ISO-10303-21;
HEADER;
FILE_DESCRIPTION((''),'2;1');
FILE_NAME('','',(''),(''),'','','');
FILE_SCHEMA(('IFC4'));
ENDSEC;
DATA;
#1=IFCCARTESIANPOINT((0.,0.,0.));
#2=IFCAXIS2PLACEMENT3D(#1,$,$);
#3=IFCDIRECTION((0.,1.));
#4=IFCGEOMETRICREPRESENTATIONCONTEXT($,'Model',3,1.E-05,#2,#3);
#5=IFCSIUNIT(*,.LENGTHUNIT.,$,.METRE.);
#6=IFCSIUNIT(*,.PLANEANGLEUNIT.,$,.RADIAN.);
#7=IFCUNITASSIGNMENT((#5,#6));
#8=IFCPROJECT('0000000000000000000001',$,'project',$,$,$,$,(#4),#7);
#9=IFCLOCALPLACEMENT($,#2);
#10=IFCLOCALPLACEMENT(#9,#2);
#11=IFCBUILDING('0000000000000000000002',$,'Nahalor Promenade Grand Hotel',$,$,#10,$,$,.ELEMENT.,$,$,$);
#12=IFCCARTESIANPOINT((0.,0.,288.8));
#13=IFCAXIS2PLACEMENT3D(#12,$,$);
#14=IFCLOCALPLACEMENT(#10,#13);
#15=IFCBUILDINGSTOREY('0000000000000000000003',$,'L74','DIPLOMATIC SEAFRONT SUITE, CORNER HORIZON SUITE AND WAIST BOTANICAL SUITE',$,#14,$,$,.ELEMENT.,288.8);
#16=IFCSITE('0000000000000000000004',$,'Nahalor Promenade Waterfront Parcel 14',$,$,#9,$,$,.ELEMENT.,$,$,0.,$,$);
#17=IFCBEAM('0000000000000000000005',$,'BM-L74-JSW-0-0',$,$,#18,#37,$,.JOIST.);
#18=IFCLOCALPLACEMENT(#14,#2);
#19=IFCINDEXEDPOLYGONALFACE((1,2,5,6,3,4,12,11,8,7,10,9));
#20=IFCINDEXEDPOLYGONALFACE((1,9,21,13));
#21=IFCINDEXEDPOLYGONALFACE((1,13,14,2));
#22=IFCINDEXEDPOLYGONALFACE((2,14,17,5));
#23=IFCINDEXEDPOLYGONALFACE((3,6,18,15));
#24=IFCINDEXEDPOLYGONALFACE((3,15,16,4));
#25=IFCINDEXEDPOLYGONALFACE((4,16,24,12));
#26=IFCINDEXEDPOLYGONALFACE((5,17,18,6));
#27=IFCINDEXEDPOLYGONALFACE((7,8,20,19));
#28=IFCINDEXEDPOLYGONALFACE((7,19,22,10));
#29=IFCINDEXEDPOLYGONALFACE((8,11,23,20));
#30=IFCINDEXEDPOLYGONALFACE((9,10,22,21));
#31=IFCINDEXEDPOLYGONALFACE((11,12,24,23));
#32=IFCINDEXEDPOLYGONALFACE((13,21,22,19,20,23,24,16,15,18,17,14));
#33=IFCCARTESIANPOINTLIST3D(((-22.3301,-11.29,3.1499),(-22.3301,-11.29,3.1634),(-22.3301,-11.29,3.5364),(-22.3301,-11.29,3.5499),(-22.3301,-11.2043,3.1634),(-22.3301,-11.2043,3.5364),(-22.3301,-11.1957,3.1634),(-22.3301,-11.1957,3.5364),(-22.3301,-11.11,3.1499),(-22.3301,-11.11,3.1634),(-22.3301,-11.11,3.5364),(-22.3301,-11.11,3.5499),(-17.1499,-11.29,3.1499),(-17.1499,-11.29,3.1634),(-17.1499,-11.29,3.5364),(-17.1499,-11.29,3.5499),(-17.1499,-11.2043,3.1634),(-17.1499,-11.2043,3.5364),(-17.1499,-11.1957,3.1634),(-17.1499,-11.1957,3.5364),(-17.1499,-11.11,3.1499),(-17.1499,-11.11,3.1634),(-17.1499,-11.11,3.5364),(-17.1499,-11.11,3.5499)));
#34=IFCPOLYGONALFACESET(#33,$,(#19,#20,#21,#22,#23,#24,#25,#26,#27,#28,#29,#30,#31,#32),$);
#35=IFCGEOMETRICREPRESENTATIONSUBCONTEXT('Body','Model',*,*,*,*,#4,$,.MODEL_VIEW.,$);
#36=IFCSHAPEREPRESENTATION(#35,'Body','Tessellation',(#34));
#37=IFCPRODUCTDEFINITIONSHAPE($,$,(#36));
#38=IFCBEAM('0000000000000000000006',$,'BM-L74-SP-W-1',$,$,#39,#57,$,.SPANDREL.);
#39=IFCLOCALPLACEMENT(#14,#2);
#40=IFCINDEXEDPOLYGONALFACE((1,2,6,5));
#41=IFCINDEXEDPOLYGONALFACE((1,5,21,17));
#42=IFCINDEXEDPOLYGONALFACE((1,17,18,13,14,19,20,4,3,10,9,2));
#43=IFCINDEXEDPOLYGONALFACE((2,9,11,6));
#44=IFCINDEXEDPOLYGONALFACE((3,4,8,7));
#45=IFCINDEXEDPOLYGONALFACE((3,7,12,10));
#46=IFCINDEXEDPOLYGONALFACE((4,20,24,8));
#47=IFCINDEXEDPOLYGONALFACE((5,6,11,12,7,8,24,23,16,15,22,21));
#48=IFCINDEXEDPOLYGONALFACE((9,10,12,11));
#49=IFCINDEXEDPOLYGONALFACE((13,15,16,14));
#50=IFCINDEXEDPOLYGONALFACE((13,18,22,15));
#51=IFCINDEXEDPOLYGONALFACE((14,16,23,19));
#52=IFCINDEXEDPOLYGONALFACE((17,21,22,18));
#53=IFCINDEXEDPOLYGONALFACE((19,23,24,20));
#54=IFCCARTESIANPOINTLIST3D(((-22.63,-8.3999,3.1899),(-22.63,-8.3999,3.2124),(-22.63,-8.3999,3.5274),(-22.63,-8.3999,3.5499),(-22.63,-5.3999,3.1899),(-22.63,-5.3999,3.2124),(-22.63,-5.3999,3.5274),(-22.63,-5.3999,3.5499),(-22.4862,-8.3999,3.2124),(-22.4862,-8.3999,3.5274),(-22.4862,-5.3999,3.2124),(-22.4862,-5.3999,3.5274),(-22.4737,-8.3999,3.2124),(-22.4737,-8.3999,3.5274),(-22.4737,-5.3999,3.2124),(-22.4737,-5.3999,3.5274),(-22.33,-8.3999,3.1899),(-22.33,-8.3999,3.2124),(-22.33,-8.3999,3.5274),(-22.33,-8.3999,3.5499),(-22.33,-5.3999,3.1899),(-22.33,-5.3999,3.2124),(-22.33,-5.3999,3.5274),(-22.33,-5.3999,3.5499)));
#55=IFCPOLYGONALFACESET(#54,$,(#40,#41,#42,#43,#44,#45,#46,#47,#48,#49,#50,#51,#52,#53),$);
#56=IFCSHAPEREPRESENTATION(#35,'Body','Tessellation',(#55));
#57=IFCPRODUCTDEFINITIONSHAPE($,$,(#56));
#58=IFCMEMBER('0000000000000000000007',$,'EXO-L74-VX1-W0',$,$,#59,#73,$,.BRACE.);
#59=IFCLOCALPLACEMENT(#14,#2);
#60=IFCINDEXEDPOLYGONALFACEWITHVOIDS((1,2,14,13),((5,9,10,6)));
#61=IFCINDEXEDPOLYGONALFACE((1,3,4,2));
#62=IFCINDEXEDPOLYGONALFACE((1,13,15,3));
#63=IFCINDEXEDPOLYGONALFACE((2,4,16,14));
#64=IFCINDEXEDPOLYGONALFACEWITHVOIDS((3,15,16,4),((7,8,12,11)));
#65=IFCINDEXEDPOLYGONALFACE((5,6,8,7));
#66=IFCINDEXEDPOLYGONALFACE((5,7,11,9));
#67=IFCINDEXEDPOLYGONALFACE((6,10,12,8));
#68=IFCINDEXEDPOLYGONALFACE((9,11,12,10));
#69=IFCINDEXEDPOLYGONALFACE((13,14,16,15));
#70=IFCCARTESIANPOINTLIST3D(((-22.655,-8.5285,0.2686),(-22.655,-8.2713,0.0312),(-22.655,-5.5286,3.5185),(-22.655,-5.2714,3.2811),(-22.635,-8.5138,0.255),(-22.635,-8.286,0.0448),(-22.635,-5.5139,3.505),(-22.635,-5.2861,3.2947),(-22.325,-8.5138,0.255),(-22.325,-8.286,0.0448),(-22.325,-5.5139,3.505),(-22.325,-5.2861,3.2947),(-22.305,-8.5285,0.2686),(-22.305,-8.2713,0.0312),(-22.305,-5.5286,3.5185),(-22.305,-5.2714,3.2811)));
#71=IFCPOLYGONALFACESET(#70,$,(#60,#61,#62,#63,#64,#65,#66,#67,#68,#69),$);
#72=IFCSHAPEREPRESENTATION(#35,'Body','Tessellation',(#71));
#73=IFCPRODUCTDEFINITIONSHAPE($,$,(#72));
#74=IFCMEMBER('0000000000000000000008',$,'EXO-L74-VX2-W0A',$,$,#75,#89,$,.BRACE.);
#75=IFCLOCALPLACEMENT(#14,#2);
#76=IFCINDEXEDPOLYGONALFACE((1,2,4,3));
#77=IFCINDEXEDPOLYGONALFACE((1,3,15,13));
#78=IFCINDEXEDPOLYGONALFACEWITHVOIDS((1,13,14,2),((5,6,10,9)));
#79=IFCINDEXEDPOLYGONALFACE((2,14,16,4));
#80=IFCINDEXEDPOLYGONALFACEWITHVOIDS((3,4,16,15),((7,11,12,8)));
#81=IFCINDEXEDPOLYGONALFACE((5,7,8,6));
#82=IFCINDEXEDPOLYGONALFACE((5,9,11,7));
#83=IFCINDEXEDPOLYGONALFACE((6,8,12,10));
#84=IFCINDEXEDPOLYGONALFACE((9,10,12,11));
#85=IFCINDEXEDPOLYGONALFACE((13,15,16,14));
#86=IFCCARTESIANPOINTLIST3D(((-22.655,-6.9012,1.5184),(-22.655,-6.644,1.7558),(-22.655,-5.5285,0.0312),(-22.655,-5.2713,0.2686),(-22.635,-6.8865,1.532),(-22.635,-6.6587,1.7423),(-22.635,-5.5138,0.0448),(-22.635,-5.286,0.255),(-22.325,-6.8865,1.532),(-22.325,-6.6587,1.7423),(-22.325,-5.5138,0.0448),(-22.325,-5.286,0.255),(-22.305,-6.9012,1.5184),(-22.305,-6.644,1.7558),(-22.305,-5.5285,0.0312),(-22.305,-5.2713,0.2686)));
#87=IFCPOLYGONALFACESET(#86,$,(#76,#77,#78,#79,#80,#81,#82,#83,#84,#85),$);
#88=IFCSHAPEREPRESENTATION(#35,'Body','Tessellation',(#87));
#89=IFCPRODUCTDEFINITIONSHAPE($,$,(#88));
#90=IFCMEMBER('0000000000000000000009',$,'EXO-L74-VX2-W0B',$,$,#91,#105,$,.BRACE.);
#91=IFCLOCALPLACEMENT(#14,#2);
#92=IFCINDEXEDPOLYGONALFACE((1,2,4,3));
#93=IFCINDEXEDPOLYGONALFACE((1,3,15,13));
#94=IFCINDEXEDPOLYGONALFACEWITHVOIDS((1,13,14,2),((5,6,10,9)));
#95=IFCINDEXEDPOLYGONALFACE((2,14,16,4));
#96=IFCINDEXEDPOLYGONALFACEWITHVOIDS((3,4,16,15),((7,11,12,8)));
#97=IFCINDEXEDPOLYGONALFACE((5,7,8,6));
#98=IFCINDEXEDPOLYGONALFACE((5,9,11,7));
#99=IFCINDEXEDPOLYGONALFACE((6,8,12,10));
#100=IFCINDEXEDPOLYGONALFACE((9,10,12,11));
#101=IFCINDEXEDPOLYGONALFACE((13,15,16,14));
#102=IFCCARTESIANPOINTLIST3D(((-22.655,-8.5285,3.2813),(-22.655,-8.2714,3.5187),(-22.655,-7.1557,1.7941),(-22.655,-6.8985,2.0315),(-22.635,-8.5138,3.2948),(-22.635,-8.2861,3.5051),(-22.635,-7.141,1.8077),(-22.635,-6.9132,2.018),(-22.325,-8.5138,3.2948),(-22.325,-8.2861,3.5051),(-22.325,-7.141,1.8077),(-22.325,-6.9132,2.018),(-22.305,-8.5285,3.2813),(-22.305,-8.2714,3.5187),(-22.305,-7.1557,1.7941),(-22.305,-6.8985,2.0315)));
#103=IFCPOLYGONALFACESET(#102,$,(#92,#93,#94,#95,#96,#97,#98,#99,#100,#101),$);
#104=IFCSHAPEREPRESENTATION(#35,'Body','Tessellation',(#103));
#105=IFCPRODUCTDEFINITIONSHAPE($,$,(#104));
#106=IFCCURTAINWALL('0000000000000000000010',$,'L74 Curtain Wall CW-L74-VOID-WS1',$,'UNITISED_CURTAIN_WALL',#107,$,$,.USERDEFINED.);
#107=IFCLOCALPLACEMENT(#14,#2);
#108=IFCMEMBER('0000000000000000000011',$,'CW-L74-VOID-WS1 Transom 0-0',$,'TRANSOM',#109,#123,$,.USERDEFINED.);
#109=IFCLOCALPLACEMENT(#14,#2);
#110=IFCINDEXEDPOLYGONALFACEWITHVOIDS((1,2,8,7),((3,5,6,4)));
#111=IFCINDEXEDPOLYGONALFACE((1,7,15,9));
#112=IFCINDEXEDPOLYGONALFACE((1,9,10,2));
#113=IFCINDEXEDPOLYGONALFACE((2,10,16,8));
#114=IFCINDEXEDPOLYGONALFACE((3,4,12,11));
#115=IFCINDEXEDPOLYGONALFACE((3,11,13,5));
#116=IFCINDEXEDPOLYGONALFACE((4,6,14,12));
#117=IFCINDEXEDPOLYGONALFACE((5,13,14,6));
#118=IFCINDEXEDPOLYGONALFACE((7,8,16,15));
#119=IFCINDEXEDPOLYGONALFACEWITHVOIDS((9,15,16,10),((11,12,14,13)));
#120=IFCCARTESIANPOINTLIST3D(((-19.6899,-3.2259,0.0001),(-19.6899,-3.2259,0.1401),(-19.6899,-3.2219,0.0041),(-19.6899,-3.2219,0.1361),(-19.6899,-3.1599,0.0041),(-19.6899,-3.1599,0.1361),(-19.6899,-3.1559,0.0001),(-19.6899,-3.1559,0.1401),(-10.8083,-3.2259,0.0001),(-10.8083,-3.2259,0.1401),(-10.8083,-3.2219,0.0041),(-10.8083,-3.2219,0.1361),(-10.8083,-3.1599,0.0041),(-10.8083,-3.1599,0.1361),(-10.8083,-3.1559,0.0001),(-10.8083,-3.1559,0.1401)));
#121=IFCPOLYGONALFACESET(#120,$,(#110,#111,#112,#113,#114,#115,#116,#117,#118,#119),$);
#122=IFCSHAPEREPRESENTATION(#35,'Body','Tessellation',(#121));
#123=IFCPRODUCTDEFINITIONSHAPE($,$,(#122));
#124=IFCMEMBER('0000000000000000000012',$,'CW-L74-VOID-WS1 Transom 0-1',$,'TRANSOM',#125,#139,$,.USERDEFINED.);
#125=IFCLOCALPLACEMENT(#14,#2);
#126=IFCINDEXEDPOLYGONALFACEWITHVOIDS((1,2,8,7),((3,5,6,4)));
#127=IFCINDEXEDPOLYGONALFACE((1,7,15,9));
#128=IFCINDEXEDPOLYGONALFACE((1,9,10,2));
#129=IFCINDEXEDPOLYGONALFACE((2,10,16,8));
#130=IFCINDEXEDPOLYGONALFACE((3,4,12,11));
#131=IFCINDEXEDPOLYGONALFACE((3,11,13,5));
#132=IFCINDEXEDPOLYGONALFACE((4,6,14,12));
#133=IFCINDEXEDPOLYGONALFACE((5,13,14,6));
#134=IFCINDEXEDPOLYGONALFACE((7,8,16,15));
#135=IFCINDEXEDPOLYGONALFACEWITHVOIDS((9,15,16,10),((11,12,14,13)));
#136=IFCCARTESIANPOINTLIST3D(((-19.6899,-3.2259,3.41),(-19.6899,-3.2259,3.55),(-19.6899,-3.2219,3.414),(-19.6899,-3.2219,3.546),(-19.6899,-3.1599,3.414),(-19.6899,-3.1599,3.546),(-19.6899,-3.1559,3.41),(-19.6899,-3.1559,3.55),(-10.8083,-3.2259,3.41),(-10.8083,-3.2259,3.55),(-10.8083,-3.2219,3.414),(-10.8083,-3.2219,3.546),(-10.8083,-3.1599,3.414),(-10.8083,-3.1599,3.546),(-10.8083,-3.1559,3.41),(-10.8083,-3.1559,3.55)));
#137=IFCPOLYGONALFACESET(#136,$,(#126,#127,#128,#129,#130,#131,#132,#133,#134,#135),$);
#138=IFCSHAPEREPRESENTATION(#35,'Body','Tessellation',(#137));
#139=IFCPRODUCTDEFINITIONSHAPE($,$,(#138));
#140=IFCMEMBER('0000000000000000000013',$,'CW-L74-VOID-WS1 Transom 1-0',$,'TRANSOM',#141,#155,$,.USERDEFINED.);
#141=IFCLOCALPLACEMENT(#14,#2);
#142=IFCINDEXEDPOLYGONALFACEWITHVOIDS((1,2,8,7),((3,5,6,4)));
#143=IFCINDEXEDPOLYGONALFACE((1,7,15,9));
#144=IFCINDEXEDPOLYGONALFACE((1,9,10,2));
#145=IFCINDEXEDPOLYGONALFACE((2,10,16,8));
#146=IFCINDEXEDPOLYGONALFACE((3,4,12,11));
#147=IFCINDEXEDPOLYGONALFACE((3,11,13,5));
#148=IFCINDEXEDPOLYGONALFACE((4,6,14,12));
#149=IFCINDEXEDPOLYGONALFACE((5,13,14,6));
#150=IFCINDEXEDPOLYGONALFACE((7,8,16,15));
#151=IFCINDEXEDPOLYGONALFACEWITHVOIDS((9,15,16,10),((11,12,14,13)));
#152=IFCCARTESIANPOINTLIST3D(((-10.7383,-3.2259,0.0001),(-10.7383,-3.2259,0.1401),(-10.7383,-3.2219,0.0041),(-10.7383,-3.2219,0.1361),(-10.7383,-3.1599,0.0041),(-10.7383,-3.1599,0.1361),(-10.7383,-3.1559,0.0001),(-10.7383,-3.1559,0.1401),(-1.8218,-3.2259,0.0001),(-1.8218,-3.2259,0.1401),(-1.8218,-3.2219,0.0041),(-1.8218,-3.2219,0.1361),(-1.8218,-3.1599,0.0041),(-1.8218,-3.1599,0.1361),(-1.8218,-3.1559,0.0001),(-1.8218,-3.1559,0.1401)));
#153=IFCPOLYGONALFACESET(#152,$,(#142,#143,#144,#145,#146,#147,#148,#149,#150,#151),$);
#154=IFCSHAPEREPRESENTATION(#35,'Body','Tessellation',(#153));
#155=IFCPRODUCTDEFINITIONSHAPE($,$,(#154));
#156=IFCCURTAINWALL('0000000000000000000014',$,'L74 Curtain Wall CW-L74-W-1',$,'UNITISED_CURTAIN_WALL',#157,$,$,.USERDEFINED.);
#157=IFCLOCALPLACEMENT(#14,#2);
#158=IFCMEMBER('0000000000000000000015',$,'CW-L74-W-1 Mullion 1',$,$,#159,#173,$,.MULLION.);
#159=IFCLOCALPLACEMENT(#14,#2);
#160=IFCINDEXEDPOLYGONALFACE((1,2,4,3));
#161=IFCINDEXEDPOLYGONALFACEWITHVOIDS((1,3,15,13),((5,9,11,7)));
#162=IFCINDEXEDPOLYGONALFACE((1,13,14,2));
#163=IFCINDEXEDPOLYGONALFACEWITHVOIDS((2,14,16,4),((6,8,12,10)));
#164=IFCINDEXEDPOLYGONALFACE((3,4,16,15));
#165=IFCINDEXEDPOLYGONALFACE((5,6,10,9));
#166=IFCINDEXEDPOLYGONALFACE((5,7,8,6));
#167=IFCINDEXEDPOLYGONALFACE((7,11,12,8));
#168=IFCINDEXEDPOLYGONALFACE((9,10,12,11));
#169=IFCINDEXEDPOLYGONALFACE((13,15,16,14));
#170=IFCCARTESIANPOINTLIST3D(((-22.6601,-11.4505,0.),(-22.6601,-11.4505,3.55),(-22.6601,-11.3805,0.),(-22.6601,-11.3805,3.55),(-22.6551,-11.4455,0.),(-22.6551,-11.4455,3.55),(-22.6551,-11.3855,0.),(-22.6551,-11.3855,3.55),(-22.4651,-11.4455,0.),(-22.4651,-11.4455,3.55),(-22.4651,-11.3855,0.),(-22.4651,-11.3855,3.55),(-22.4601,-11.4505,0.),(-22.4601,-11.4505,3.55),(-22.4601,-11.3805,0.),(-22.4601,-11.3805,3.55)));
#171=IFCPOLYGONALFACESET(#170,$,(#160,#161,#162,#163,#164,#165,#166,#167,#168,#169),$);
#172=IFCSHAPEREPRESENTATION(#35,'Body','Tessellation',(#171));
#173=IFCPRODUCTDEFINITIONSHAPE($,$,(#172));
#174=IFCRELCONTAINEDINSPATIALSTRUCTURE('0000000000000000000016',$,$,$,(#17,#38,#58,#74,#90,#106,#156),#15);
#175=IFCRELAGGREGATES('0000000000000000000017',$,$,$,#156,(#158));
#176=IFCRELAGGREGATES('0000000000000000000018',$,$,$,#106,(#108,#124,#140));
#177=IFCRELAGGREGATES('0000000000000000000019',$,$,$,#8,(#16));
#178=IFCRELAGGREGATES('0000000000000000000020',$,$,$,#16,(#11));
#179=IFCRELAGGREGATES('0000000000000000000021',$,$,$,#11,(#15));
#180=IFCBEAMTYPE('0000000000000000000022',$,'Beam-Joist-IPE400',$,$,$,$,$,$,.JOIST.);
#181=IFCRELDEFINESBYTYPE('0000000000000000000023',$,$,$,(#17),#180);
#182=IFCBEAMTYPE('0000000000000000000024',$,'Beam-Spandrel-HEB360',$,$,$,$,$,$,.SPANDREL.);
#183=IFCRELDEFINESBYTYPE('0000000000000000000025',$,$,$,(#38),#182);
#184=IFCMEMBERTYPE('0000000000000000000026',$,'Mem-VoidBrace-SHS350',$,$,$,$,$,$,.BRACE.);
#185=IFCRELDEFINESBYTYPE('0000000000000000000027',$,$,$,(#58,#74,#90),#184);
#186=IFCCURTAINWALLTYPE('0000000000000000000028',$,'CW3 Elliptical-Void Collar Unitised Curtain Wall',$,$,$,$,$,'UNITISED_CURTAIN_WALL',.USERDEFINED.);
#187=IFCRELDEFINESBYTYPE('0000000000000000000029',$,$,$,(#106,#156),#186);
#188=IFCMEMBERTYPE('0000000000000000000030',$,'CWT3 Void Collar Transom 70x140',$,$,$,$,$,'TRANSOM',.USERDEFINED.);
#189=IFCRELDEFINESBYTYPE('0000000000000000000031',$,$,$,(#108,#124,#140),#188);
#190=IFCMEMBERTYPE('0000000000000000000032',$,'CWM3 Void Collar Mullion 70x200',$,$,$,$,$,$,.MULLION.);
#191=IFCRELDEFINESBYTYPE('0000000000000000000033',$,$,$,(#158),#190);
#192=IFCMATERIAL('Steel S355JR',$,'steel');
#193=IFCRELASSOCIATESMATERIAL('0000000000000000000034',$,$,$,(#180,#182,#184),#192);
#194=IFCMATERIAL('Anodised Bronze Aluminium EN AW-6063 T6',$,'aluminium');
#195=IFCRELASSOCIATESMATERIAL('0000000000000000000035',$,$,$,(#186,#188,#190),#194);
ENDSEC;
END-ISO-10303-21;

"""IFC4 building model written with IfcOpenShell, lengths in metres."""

from ifc_helpers import new_model, si_unit, direction, frame, origin, origin_2d, place, context, subcontext, project, spatial, hollow_rectangle, i_section, extrude, source, transform, mapped, material, material_profile, profile_set, type_object, element, aggregate, save


model = new_model("IFC4")

# Units and contexts
model_context = context("Model", 3, precision=1e-05, world=origin(), true_north=direction((0.0, 1.0)))
body_context = subcontext(model_context, "Body", "Model", "MODEL_VIEW")
ifc_project = project(units=[si_unit("LENGTHUNIT", "METRE"), si_unit("PLANEANGLEUNIT", "RADIAN")], contexts=[model_context])

# Site, building, storey
site_placement = place(None, origin())
site = spatial("IfcSite", under=ifc_project, at=site_placement, Name="Nahalor Promenade Waterfront Parcel 14", CompositionType="ELEMENT", RefElevation=0.0)
building_placement = place(site_placement, origin())
building = spatial("IfcBuilding", under=site, at=building_placement, Name="Nahalor Promenade Grand Hotel", CompositionType="ELEMENT")
storey_placement = place(building_placement, frame((0.0, 0.0, 288.8)))
storey = spatial("IfcBuildingStorey", under=building, at=storey_placement, Name="L74", Description="DIPLOMATIC SEAFRONT SUITE, CORNER HORIZON SUITE AND WAIST BOTANICAL SUITE", CompositionType="ELEMENT", Elevation=288.8)

# Shared definitions
ifc_material_1 = material(Name="Steel S355JR", Category="steel")

# Beams
ifc_material_profile_1 = material_profile(ifc_material_1, i_section(OverallWidth=0.18, OverallDepth=0.4, WebThickness=0.0086, FlangeThickness=0.0135, at=origin_2d()), Name="IPE 400")
ifc_profile_set_1 = profile_set([ifc_material_profile_1], Name="Steel S355JR")
beam_type_1 = type_object("IfcBeamType", Name="Beam-Joist-IPE400", PredefinedType="JOIST", material=ifc_profile_set_1)
shared_shape_1 = source(origin(), body_context, "Body", "SweptSolid", [
    extrude(i_section(OverallWidth=0.18, OverallDepth=0.4, WebThickness=0.0086, FlangeThickness=0.0135, at=origin_2d()), origin(), (0.0, 0.0, 1.0), 5.1802),
])
beam_1_placement = place(storey_placement, frame((-22.3301, -11.2, 3.3499), z_axis=(1.0, 0.0, 0.0), x_axis=(0.0, 1.0, 0.0)))
element("IfcBeam", 1, at=beam_1_placement, inside=storey, type_object=beam_type_1, Name="BM-L74-JSW-0-0", PredefinedType="JOIST", context=body_context, shape_type="MappedRepresentation", body=[
    mapped(shared_shape_1, transform((0.0, 0.0, 0.0), scale=1.0)),
])
ifc_material_profile_2 = material_profile(ifc_material_1, i_section(OverallWidth=0.3, OverallDepth=0.36, WebThickness=0.0125, FlangeThickness=0.0225, at=origin_2d()), Name="HEB 360")
ifc_profile_set_2 = profile_set([ifc_material_profile_2], Name="Steel S355JR")
beam_type_2 = type_object("IfcBeamType", Name="Beam-Spandrel-HEB360", PredefinedType="SPANDREL", material=ifc_profile_set_2)
shared_shape_2 = source(origin(), body_context, "Body", "SweptSolid", [
    extrude(i_section(OverallWidth=0.3, OverallDepth=0.36, WebThickness=0.0125, FlangeThickness=0.0225, at=origin_2d()), origin(), (0.0, 0.0, 1.0), 3.0),
])
beam_2_placement = place(storey_placement, frame((-22.48, -8.3999, 3.3699), z_axis=(0.0, 1.0, 0.0), x_axis=(-1.0, 0.0, 0.0)))
element("IfcBeam", 2, at=beam_2_placement, inside=storey, type_object=beam_type_2, Name="BM-L74-SP-W-1", PredefinedType="SPANDREL", context=body_context, shape_type="MappedRepresentation", body=[
    mapped(shared_shape_2, transform((0.0, 0.0, 0.0), scale=1.0)),
])

# Members
ifc_material_profile_3 = material_profile(ifc_material_1, hollow_rectangle(XDim=0.35, YDim=0.35, WallThickness=0.02, at=origin_2d()), Name="SHS 350x350x20")
ifc_profile_set_3 = profile_set([ifc_material_profile_3], Name="Steel S355JR")
member_type_1 = type_object("IfcMemberType", Name="Mem-VoidBrace-SHS350", PredefinedType="BRACE", material=ifc_profile_set_3)
shared_shape_3 = source(origin(), body_context, "Body", "SweptSolid", [
    extrude(hollow_rectangle(XDim=0.35, YDim=0.35, WallThickness=0.02, at=origin_2d()), origin(), (0.0, 0.0, 1.0), 4.4229),
])
member_1_placement = place(storey_placement, frame((-22.48, -8.3999, 0.1499), z_axis=(0.0, 0.67828, 0.734803), x_axis=(-1.0, 0.0, 0.0)))
element("IfcMember", 3, at=member_1_placement, inside=storey, type_object=member_type_1, Name="EXO-L74-VX1-W0", PredefinedType="BRACE", context=body_context, shape_type="MappedRepresentation", body=[
    mapped(shared_shape_3, transform((0.0, 0.0, 0.0), scale=1.0)),
])
shared_shape_4 = source(origin(), body_context, "Body", "SweptSolid", [
    extrude(hollow_rectangle(XDim=0.35, YDim=0.35, WallThickness=0.02, at=origin_2d()), origin(), (0.0, 0.0, 1.0), 2.0239),
])
for number, where, z_axis, x_axis, name in (
    (4, (-22.48, -5.3999, 0.1499), (0.0, -0.678255, 0.734827), (1.0, 0.0, 0.0), "EXO-L74-VX2-W0A"),
    (5, (-22.48, -7.0271, 1.9128), (0.0, -0.678315, 0.734771), (1.0, 0.0, 0.0), "EXO-L74-VX2-W0B"),
):
    element("IfcMember", number, at=place(storey_placement, frame(where, z_axis=z_axis, x_axis=x_axis)), inside=storey, type_object=member_type_1, Name=name, PredefinedType="BRACE", context=body_context, shape_type="MappedRepresentation", body=[
        mapped(shared_shape_4, transform((0.0, 0.0, 0.0), scale=1.0)),
    ])

# Curtain walls, members
ifc_material_2 = material(Name="Anodised Bronze Aluminium EN AW-6063 T6", Category="aluminium")
curtain_wall_type = type_object("IfcCurtainWallType", Name="CW3 Elliptical-Void Collar Unitised Curtain Wall", ElementType="UNITISED_CURTAIN_WALL", PredefinedType="USERDEFINED", material=ifc_material_2)
curtain_wall_1_placement = place(storey_placement, origin())
curtain_wall_1 = element("IfcCurtainWall", 6, at=curtain_wall_1_placement, inside=storey, type_object=curtain_wall_type, Name="L74 Curtain Wall CW-L74-VOID-WS1", ObjectType="UNITISED_CURTAIN_WALL", PredefinedType="USERDEFINED")
ifc_material_profile_4 = material_profile(ifc_material_2, hollow_rectangle(XDim=0.07, YDim=0.14, WallThickness=0.004, at=origin_2d()), Name="CWT 70x140x4")
ifc_profile_set_4 = profile_set([ifc_material_profile_4], Name="Anodised Bronze Aluminium EN AW-6063 T6")
member_type_2 = type_object("IfcMemberType", Name="CWT3 Void Collar Transom 70x140", ElementType="TRANSOM", PredefinedType="USERDEFINED", material=ifc_profile_set_4)
shared_shape_5 = source(origin(), body_context, "Body", "SweptSolid", [
    extrude(hollow_rectangle(XDim=0.07, YDim=0.14, WallThickness=0.004, at=origin_2d()), origin(), (0.0, 0.0, 1.0), 8.8816),
])
member_2_placement = place(storey_placement, frame((-19.6899, -3.1909, 0.0701), z_axis=(1.0, 0.0, 0.0), x_axis=(0.0, 1.0, 0.0)))
member_2 = element("IfcMember", 7, at=member_2_placement, type_object=member_type_2, Name="CW-L74-VOID-WS1 Transom 0-0", ObjectType="TRANSOM", PredefinedType="USERDEFINED", context=body_context, shape_type="MappedRepresentation", body=[
    mapped(shared_shape_5, transform((0.0, 0.0, 0.0), scale=1.0)),
])
member_3_placement = place(storey_placement, frame((-19.6899, -3.1909, 3.48), z_axis=(1.0, 0.0, 0.0), x_axis=(0.0, 1.0, 0.0)))
member_3 = element("IfcMember", 8, at=member_3_placement, type_object=member_type_2, Name="CW-L74-VOID-WS1 Transom 0-1", ObjectType="TRANSOM", PredefinedType="USERDEFINED", context=body_context, shape_type="MappedRepresentation", body=[
    mapped(shared_shape_5, transform((0.0, 0.0, 0.0), scale=1.0)),
])
shared_shape_6 = source(origin(), body_context, "Body", "SweptSolid", [
    extrude(hollow_rectangle(XDim=0.07, YDim=0.14, WallThickness=0.004, at=origin_2d()), origin(), (0.0, 0.0, 1.0), 8.9165),
])
member_4_placement = place(storey_placement, frame((-10.7383, -3.1909, 0.0701), z_axis=(1.0, 0.0, 0.0), x_axis=(0.0, 1.0, 0.0)))
member_4 = element("IfcMember", 9, at=member_4_placement, type_object=member_type_2, Name="CW-L74-VOID-WS1 Transom 1-0", ObjectType="TRANSOM", PredefinedType="USERDEFINED", context=body_context, shape_type="MappedRepresentation", body=[
    mapped(shared_shape_6, transform((0.0, 0.0, 0.0), scale=1.0)),
])
curtain_wall_2_placement = place(storey_placement, origin())
curtain_wall_2 = element("IfcCurtainWall", 10, at=curtain_wall_2_placement, inside=storey, type_object=curtain_wall_type, Name="L74 Curtain Wall CW-L74-W-1", ObjectType="UNITISED_CURTAIN_WALL", PredefinedType="USERDEFINED")
ifc_material_profile_5 = material_profile(ifc_material_2, hollow_rectangle(XDim=0.07, YDim=0.2, WallThickness=0.005, at=origin_2d()), Name="CWM 70x200x5")
ifc_profile_set_5 = profile_set([ifc_material_profile_5], Name="Anodised Bronze Aluminium EN AW-6063 T6")
member_type_3 = type_object("IfcMemberType", Name="CWM3 Void Collar Mullion 70x200", PredefinedType="MULLION", material=ifc_profile_set_5)
shared_shape_7 = source(origin(), body_context, "Body", "SweptSolid", [
    extrude(hollow_rectangle(XDim=0.07, YDim=0.2, WallThickness=0.005, at=origin_2d()), origin(), (0.0, 0.0, 1.0), 3.55),
])
member_5_placement = place(storey_placement, frame((-22.5601, -11.4155, 0.0), z_axis=(0.0, 0.0, 1.0), x_axis=(0.0, 1.0, 0.0)))
member_5 = element("IfcMember", 11, at=member_5_placement, type_object=member_type_3, Name="CW-L74-W-1 Mullion 1", PredefinedType="MULLION", context=body_context, shape_type="MappedRepresentation", body=[
    mapped(shared_shape_7, transform((0.0, 0.0, 0.0), scale=1.0)),
])

aggregate(curtain_wall_2, [member_5])
aggregate(curtain_wall_1, [member_2, member_3, member_4])

save(model, "model.ifc")
